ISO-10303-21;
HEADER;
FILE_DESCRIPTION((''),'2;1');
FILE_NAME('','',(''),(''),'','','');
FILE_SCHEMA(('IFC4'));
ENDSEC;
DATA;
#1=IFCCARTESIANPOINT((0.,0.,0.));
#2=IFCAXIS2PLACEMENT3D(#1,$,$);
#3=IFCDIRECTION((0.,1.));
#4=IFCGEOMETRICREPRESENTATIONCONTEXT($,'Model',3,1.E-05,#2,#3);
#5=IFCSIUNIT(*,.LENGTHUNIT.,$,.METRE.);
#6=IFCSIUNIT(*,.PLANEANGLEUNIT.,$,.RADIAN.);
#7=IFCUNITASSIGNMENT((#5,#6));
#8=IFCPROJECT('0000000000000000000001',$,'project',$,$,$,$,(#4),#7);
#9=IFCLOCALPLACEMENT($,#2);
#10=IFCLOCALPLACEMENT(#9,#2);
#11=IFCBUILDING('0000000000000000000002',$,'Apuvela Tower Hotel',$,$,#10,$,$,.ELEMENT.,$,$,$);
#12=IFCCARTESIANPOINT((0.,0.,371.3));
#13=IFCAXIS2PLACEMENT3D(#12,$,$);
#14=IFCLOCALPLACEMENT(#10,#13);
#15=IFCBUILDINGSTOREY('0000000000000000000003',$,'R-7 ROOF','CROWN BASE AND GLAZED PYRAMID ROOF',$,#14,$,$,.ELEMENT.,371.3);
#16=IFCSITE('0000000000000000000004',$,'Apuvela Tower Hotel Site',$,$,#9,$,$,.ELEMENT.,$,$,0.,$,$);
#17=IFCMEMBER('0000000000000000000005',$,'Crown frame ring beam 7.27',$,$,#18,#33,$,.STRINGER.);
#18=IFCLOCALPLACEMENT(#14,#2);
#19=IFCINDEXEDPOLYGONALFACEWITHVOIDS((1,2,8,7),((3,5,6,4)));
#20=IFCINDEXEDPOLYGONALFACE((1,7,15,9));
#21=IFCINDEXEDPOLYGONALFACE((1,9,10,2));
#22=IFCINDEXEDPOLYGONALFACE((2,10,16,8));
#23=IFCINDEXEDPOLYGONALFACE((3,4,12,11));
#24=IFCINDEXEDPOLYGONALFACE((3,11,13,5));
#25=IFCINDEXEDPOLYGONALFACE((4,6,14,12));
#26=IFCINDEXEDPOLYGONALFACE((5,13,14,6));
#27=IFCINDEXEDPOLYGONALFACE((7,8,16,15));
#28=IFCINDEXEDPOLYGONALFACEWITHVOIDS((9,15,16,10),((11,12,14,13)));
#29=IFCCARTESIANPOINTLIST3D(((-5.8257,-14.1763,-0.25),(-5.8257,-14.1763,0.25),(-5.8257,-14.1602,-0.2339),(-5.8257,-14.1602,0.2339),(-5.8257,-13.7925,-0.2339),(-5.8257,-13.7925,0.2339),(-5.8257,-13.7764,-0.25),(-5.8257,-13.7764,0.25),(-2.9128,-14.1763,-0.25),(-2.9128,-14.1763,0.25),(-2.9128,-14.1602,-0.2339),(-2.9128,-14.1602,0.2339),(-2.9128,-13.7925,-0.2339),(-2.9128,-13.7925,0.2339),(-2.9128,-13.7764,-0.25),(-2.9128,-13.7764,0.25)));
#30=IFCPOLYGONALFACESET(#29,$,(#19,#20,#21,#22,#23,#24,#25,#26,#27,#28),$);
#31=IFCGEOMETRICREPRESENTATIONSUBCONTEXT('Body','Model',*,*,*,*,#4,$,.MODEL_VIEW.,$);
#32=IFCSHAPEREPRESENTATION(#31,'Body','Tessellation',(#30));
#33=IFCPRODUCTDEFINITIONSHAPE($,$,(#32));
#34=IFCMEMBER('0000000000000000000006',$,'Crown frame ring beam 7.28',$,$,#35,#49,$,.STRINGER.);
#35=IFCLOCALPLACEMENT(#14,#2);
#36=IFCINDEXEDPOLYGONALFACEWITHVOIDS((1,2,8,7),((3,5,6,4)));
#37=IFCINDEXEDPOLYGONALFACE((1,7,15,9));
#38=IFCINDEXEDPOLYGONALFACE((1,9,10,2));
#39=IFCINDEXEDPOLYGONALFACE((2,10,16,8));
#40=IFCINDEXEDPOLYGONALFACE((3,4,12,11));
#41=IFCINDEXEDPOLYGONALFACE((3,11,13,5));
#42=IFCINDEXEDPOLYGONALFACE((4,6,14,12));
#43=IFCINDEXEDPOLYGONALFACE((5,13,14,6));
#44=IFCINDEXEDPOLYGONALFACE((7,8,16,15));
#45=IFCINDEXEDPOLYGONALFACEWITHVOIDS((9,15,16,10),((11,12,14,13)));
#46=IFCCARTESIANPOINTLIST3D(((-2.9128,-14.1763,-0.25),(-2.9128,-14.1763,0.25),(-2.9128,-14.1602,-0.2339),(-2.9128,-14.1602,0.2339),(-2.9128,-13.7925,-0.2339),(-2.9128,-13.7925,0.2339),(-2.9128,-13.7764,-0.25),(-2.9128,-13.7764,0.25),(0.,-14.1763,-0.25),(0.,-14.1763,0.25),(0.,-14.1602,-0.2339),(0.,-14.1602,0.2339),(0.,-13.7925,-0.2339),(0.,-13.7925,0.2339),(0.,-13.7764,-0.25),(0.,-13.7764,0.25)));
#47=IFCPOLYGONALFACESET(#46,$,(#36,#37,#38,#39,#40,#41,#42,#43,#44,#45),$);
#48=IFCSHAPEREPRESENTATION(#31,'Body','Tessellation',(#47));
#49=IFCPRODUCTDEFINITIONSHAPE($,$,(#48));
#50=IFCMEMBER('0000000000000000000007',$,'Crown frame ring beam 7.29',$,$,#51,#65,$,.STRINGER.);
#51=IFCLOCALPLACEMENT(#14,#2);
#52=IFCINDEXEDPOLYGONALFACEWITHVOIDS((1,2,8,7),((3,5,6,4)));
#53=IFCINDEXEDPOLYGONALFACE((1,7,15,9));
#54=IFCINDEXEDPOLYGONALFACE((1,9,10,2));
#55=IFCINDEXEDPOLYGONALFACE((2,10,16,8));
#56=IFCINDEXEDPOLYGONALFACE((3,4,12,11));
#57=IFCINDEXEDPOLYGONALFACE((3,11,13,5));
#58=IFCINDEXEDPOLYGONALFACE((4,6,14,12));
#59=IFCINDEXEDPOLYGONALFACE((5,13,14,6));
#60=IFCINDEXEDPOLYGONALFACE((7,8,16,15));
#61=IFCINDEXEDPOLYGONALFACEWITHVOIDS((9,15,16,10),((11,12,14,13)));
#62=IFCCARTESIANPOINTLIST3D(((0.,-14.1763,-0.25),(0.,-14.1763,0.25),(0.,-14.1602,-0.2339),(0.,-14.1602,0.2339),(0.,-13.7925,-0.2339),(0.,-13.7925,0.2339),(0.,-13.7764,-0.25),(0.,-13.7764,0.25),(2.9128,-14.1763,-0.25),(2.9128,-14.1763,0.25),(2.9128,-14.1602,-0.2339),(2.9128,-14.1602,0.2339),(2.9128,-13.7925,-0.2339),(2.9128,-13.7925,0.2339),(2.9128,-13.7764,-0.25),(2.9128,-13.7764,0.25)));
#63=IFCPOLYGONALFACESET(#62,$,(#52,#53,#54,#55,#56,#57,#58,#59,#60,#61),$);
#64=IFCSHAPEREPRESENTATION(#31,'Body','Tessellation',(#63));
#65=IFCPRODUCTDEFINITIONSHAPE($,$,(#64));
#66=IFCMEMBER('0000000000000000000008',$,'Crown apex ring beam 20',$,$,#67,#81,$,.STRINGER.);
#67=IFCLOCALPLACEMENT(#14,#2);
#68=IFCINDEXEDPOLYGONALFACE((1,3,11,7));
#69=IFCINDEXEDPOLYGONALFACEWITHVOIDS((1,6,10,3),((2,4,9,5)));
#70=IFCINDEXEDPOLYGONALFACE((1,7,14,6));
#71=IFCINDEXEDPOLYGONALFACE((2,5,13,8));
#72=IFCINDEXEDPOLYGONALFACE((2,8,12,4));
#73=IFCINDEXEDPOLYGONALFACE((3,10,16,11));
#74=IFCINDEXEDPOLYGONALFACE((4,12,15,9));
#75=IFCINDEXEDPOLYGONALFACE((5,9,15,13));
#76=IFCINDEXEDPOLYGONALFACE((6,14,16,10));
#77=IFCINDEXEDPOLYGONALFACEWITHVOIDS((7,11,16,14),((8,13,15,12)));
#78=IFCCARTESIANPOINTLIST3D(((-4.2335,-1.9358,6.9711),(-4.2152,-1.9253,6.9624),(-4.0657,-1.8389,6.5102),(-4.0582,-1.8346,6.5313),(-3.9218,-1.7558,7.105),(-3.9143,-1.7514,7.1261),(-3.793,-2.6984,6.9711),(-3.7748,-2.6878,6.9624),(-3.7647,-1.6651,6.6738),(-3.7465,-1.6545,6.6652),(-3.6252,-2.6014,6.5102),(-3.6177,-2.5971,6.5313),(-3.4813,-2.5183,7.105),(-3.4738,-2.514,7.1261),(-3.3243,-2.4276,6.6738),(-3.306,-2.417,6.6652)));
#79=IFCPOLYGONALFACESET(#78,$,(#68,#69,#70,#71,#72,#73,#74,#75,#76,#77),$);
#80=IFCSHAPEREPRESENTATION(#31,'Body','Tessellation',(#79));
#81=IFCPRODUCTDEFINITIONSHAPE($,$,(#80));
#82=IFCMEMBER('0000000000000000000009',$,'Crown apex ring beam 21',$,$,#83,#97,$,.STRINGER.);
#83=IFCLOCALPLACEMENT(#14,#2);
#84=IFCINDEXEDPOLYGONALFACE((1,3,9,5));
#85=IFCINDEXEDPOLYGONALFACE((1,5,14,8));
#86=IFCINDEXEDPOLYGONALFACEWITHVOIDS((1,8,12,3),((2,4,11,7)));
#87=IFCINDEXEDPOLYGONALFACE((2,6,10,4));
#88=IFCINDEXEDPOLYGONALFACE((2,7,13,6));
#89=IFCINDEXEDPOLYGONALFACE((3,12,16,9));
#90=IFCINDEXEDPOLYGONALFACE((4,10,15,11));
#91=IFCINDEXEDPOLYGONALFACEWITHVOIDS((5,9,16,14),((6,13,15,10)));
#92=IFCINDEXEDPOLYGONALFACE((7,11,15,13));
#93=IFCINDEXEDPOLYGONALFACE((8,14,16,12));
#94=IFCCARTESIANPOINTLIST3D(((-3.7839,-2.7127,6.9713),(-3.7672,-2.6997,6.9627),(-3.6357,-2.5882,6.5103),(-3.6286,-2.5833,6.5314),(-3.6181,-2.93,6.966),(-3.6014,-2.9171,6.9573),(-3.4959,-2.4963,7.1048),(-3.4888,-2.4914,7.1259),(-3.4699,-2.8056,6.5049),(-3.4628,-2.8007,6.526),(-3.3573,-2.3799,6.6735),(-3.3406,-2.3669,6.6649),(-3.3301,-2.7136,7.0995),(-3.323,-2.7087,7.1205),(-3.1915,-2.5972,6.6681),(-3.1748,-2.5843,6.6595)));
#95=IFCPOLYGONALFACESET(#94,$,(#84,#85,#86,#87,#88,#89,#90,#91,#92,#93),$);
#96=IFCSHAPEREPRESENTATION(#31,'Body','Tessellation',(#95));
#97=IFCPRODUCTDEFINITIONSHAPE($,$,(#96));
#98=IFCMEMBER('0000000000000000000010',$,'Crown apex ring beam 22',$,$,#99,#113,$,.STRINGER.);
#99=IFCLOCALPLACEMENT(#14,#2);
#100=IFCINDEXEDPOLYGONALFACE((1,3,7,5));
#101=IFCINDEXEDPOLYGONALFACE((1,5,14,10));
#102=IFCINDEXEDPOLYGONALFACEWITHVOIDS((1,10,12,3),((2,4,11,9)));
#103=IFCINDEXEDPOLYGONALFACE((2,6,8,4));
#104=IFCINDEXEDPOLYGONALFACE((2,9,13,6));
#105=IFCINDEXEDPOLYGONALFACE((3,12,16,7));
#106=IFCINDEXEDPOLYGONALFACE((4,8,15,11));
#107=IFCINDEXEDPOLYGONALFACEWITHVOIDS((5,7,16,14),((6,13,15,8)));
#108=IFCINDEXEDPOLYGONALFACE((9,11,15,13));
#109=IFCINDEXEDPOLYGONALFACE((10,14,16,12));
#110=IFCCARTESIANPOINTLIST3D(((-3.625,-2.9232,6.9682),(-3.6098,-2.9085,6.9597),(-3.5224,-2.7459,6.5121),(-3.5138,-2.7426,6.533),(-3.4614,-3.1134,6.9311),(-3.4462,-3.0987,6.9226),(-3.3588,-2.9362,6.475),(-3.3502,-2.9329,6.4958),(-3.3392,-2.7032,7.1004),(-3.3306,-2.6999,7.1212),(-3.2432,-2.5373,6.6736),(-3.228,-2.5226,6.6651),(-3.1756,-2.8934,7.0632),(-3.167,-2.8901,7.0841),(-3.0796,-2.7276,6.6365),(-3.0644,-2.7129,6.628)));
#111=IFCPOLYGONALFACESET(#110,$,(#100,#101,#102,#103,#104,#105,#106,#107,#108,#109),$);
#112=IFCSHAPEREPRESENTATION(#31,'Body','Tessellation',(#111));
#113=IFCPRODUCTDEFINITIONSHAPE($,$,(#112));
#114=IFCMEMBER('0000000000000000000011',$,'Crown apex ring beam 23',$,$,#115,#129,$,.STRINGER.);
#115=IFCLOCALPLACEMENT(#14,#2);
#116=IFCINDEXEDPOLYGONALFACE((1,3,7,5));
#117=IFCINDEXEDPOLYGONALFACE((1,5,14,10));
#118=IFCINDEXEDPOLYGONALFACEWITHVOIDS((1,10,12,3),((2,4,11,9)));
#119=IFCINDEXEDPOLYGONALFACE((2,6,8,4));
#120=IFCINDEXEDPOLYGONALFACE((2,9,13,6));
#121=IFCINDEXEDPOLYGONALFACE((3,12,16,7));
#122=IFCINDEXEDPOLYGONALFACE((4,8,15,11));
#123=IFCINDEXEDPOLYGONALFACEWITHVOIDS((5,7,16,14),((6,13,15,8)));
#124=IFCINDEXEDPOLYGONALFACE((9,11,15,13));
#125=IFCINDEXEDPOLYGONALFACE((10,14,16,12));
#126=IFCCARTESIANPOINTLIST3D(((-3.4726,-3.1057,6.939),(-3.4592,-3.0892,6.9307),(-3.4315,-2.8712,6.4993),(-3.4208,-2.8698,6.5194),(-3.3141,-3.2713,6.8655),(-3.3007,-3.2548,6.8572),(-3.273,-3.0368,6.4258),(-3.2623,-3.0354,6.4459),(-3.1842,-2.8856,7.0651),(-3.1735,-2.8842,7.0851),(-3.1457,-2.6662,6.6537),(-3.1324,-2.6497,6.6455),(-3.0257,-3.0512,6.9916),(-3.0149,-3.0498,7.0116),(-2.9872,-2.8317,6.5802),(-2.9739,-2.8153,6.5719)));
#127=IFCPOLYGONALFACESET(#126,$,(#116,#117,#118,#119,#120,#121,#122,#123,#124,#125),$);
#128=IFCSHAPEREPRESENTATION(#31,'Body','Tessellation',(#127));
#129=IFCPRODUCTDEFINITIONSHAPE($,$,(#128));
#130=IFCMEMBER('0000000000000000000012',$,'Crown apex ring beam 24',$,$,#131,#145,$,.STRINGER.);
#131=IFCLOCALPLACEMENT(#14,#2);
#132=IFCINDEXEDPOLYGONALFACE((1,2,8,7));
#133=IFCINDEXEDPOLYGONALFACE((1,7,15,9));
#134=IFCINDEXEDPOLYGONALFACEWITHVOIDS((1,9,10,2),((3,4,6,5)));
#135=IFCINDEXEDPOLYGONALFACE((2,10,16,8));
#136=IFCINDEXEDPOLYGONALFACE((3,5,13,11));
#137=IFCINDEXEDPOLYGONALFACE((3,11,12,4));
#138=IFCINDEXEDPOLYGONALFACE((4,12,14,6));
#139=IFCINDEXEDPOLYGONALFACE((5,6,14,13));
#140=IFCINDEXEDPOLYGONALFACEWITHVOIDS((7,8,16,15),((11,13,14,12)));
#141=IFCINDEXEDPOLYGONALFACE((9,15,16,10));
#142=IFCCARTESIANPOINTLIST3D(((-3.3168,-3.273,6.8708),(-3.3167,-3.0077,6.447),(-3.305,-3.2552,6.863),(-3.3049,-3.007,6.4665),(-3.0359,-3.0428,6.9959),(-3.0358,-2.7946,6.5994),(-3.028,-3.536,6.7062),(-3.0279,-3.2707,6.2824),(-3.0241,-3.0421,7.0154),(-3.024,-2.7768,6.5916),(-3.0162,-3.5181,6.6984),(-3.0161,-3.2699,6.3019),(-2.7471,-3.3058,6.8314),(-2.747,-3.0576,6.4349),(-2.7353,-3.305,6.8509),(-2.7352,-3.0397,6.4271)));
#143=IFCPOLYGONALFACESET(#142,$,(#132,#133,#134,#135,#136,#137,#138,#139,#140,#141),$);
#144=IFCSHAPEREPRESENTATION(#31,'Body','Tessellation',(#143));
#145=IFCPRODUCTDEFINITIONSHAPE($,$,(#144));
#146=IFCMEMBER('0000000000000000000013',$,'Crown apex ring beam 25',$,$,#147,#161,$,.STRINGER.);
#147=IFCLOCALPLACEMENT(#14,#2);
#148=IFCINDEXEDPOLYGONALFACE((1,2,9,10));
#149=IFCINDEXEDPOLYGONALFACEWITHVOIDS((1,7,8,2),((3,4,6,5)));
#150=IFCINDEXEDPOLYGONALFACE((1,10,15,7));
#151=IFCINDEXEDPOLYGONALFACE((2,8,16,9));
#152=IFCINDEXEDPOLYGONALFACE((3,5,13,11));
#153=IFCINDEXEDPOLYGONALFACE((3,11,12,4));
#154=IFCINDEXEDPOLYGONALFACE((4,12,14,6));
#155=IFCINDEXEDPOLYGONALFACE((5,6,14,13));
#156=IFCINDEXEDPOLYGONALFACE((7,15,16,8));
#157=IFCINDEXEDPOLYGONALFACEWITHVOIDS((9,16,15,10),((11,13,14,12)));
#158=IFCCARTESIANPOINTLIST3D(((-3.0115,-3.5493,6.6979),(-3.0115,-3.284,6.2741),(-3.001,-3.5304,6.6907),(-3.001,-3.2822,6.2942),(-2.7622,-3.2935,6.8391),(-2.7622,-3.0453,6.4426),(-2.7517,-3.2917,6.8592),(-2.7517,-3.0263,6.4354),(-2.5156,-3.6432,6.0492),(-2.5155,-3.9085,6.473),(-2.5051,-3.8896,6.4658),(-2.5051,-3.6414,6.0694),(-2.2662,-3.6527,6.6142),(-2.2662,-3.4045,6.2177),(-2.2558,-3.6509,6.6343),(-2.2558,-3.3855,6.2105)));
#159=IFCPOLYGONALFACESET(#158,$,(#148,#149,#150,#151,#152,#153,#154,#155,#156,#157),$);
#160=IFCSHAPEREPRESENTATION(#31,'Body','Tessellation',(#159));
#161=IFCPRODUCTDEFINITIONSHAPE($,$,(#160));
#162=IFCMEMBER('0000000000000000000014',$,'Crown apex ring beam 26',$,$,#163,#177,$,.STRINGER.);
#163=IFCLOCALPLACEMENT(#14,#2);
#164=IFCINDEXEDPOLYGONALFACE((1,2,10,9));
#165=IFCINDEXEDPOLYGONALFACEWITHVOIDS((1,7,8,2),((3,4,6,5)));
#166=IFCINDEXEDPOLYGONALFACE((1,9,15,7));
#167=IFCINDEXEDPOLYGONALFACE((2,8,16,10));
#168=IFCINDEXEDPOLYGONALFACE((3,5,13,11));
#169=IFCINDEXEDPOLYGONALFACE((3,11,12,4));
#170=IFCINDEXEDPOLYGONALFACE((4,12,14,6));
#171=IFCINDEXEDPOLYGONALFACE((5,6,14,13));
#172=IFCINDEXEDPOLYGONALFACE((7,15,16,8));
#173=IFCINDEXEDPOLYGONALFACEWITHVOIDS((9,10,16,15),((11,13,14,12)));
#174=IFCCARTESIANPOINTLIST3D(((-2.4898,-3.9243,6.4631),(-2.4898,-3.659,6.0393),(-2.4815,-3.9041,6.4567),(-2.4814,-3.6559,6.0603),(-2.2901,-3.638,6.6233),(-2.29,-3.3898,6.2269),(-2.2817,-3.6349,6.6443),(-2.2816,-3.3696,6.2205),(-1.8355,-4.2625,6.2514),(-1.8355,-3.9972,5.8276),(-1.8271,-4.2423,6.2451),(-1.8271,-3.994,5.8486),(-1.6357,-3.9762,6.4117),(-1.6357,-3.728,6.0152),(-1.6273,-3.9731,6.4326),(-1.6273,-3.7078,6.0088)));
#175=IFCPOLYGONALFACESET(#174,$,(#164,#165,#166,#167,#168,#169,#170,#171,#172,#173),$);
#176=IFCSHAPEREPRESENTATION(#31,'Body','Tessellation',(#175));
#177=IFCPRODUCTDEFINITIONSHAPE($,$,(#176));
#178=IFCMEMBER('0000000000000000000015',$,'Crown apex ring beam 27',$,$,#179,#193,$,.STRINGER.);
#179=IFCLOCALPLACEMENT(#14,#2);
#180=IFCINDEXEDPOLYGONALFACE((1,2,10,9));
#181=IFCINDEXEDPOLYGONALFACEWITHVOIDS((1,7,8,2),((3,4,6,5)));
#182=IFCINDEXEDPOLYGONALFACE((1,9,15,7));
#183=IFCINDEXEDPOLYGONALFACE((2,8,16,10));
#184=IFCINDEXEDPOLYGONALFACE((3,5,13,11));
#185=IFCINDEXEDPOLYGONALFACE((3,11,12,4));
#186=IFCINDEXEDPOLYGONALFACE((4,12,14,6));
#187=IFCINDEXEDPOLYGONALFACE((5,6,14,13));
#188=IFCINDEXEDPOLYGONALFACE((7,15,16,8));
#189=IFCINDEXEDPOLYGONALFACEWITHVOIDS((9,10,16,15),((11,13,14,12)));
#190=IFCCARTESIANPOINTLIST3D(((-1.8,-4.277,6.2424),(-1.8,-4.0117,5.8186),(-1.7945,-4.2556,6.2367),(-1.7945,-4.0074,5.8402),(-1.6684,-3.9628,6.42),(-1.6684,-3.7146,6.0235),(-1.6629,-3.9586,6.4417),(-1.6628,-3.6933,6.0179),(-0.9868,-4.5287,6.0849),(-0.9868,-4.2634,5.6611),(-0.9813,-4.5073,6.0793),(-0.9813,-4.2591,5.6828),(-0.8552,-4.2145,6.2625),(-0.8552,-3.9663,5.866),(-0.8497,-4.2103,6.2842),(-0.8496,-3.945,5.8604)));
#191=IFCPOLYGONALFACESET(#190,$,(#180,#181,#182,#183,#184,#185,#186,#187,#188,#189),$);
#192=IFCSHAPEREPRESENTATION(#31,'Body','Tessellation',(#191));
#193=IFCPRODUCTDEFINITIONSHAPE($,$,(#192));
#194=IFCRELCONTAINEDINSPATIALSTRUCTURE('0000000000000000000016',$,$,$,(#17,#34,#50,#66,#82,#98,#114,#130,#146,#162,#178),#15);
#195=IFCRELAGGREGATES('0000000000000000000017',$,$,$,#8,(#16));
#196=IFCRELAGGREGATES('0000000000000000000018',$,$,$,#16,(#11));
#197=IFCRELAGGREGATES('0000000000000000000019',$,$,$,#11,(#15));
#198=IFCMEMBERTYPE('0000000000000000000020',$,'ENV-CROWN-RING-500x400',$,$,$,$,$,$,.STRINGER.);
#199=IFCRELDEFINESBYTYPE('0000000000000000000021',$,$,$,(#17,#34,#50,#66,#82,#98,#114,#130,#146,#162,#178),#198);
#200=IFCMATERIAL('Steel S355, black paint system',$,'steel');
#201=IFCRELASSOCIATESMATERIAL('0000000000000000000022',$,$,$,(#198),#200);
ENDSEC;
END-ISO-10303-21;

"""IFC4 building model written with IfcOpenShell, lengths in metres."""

from ifc_helpers import new_model, si_unit, direction, frame, origin, origin_2d, place, context, subcontext, project, spatial, hollow_rectangle, extrude, material, material_profile, profile_set, type_object, element, save


model = new_model("IFC4")

# Units and contexts
model_context = context("Model", 3, precision=1e-05, world=origin(), true_north=direction((0.0, 1.0)))
body_context = subcontext(model_context, "Body", "Model", "MODEL_VIEW")
ifc_project = project(units=[si_unit("LENGTHUNIT", "METRE"), si_unit("PLANEANGLEUNIT", "RADIAN")], contexts=[model_context])

# Site, building, storey
site_placement = place(None, origin())
site = spatial("IfcSite", under=ifc_project, at=site_placement, Name="Apuvela Tower Hotel Site", CompositionType="ELEMENT", RefElevation=0.0)
building_placement = place(site_placement, origin())
building = spatial("IfcBuilding", under=site, at=building_placement, Name="Apuvela Tower Hotel", CompositionType="ELEMENT")
storey_placement = place(building_placement, frame((0.0, 0.0, 371.3)))
storey = spatial("IfcBuildingStorey", under=building, at=storey_placement, Name="R-7 ROOF", Description="CROWN BASE AND GLAZED PYRAMID ROOF", CompositionType="ELEMENT", Elevation=371.3)

# Members
ifc_material_1 = material(Name="Steel S355, black paint system", Category="steel")
ifc_material_profile_1 = material_profile(ifc_material_1, hollow_rectangle(XDim=0.3999, YDim=0.5, WallThickness=0.0161, at=origin_2d()), Name="HSS 500x400x16")
ifc_profile_set_1 = profile_set([ifc_material_profile_1], Name="Steel S355, black paint system")
member_type_1 = type_object("IfcMemberType", Name="ENV-CROWN-RING-500x400", PredefinedType="STRINGER", material=ifc_profile_set_1)
for number, where, z_axis, x_axis, name in (
    (1, (-5.8257, -13.9763, 0.0), (1.0, 0.0, 0.0), (0.0, 1.0, 0.0), "Crown frame ring beam 7.27"),
    (2, (-2.9128, -13.9763, 0.0), (1.0, 0.0, 0.0), (0.0, 1.0, 0.0), "Crown frame ring beam 7.28"),
    (3, (0.0, -13.9763, 0.0), (1.0, 0.0, 0.0), (0.0, 1.0, 0.0), "Crown frame ring beam 7.29"),
):
    element("IfcMember", number, at=place(storey_placement, frame(where, z_axis=z_axis, x_axis=x_axis)), inside=storey, type_object=member_type_1, Name=name, PredefinedType="STRINGER", context=body_context, shape_type="SweptSolid", body=[
        extrude(hollow_rectangle(XDim=0.3999, YDim=0.5, WallThickness=0.0161, at=origin_2d()), origin(), (0.0, 0.0, 1.0), 2.9128),
    ])
member_1_placement = place(storey_placement, frame((-3.99, -1.7952, 6.8181), z_axis=(0.500194, -0.865913, 0.0), x_axis=(0.798201, 0.461081, 0.387659)))
element("IfcMember", 4, at=member_1_placement, inside=storey, type_object=member_type_1, Name="Crown apex ring beam 20", PredefinedType="STRINGER", context=body_context, shape_type="SweptSolid", body=[
    extrude(hollow_rectangle(XDim=0.3999, YDim=0.5, WallThickness=0.0161, at=origin_2d()), origin(), (0.0, 0.0, 1.0), 0.8806),
])
member_2_placement = place(storey_placement, frame((-3.5623, -2.5398, 6.8181), z_axis=(0.606437, -0.794888, -0.019649), x_axis=(0.737824, 0.553347, 0.386553)))
element("IfcMember", 5, at=member_2_placement, inside=storey, type_object=member_type_1, Name="Crown apex ring beam 21", PredefinedType="STRINGER", context=body_context, shape_type="SweptSolid", body=[
    extrude(hollow_rectangle(XDim=0.3999, YDim=0.5, WallThickness=0.0161, at=origin_2d()), origin(), (0.0, 0.0, 1.0), 0.2734),
])
member_3_placement = place(storey_placement, frame((-3.4265, -2.7229, 6.8167), z_axis=(0.645053, -0.749994, -0.14634), x_axis=(0.736062, 0.558416, 0.382602)))
element("IfcMember", 6, at=member_3_placement, inside=storey, type_object=member_type_1, Name="Crown apex ring beam 22", PredefinedType="STRINGER", context=body_context, shape_type="SweptSolid", body=[
    extrude(hollow_rectangle(XDim=0.3999, YDim=0.5, WallThickness=0.0161, at=origin_2d()), origin(), (0.0, 0.0, 1.0), 0.2537),
])
member_4_placement = place(storey_placement, frame((-3.3025, -2.8777, 6.7922), z_axis=(0.658455, -0.687878, -0.305385), x_axis=(0.748118, 0.553903, 0.365391)))
element("IfcMember", 7, at=member_4_placement, inside=storey, type_object=member_type_1, Name="Crown apex ring beam 23", PredefinedType="STRINGER", context=body_context, shape_type="SweptSolid", body=[
    extrude(hollow_rectangle(XDim=0.3999, YDim=0.5, WallThickness=0.0161, at=origin_2d()), origin(), (0.0, 0.0, 1.0), 0.2407),
])
member_5_placement = place(storey_placement, frame((-3.1704, -3.0249, 6.7312), z_axis=(0.681452, -0.620392, -0.388249), x_axis=(0.731863, 0.57756, 0.361665)))
element("IfcMember", 8, at=member_5_placement, inside=storey, type_object=member_type_1, Name="Crown apex ring beam 24", PredefinedType="STRINGER", context=body_context, shape_type="SweptSolid", body=[
    extrude(hollow_rectangle(XDim=0.3999, YDim=0.5, WallThickness=0.0161, at=origin_2d()), origin(), (0.0, 0.0, 1.0), 0.4238),
])
member_6_placement = place(storey_placement, frame((-2.8816, -3.2878, 6.5667), z_axis=(0.76024, -0.550622, -0.344747), x_axis=(0.649642, 0.64438, 0.40341)))
element("IfcMember", 9, at=member_6_placement, inside=storey, type_object=member_type_1, Name="Crown apex ring beam 25", PredefinedType="STRINGER", context=body_context, shape_type="SweptSolid", body=[
    extrude(hollow_rectangle(XDim=0.3999, YDim=0.5, WallThickness=0.0161, at=origin_2d()), origin(), (0.0, 0.0, 1.0), 0.6523),
])
member_7_placement = place(storey_placement, frame((-2.3857, -3.647, 6.3418), z_axis=(0.853819, -0.441246, -0.276217), x_axis=(0.52057, 0.723671, 0.453108)))
element("IfcMember", 10, at=member_7_placement, inside=storey, type_object=member_type_1, Name="Crown apex ring beam 26", PredefinedType="STRINGER", context=body_context, shape_type="SweptSolid", body=[
    extrude(hollow_rectangle(XDim=0.3999, YDim=0.5, WallThickness=0.0161, at=origin_2d()), origin(), (0.0, 0.0, 1.0), 0.7664),
])
member_8_placement = place(storey_placement, frame((-1.7314, -3.9851, 6.1301), z_axis=(0.939352, -0.290745, -0.181892), x_axis=(0.342954, 0.796192, 0.498458)))
element("IfcMember", 11, at=member_8_placement, inside=storey, type_object=member_type_1, Name="Crown apex ring beam 27", PredefinedType="STRINGER", context=body_context, shape_type="SweptSolid", body=[
    extrude(hollow_rectangle(XDim=0.3999, YDim=0.5, WallThickness=0.0161, at=origin_2d()), origin(), (0.0, 0.0, 1.0), 0.8657),
])

save(model, "model.ifc")
